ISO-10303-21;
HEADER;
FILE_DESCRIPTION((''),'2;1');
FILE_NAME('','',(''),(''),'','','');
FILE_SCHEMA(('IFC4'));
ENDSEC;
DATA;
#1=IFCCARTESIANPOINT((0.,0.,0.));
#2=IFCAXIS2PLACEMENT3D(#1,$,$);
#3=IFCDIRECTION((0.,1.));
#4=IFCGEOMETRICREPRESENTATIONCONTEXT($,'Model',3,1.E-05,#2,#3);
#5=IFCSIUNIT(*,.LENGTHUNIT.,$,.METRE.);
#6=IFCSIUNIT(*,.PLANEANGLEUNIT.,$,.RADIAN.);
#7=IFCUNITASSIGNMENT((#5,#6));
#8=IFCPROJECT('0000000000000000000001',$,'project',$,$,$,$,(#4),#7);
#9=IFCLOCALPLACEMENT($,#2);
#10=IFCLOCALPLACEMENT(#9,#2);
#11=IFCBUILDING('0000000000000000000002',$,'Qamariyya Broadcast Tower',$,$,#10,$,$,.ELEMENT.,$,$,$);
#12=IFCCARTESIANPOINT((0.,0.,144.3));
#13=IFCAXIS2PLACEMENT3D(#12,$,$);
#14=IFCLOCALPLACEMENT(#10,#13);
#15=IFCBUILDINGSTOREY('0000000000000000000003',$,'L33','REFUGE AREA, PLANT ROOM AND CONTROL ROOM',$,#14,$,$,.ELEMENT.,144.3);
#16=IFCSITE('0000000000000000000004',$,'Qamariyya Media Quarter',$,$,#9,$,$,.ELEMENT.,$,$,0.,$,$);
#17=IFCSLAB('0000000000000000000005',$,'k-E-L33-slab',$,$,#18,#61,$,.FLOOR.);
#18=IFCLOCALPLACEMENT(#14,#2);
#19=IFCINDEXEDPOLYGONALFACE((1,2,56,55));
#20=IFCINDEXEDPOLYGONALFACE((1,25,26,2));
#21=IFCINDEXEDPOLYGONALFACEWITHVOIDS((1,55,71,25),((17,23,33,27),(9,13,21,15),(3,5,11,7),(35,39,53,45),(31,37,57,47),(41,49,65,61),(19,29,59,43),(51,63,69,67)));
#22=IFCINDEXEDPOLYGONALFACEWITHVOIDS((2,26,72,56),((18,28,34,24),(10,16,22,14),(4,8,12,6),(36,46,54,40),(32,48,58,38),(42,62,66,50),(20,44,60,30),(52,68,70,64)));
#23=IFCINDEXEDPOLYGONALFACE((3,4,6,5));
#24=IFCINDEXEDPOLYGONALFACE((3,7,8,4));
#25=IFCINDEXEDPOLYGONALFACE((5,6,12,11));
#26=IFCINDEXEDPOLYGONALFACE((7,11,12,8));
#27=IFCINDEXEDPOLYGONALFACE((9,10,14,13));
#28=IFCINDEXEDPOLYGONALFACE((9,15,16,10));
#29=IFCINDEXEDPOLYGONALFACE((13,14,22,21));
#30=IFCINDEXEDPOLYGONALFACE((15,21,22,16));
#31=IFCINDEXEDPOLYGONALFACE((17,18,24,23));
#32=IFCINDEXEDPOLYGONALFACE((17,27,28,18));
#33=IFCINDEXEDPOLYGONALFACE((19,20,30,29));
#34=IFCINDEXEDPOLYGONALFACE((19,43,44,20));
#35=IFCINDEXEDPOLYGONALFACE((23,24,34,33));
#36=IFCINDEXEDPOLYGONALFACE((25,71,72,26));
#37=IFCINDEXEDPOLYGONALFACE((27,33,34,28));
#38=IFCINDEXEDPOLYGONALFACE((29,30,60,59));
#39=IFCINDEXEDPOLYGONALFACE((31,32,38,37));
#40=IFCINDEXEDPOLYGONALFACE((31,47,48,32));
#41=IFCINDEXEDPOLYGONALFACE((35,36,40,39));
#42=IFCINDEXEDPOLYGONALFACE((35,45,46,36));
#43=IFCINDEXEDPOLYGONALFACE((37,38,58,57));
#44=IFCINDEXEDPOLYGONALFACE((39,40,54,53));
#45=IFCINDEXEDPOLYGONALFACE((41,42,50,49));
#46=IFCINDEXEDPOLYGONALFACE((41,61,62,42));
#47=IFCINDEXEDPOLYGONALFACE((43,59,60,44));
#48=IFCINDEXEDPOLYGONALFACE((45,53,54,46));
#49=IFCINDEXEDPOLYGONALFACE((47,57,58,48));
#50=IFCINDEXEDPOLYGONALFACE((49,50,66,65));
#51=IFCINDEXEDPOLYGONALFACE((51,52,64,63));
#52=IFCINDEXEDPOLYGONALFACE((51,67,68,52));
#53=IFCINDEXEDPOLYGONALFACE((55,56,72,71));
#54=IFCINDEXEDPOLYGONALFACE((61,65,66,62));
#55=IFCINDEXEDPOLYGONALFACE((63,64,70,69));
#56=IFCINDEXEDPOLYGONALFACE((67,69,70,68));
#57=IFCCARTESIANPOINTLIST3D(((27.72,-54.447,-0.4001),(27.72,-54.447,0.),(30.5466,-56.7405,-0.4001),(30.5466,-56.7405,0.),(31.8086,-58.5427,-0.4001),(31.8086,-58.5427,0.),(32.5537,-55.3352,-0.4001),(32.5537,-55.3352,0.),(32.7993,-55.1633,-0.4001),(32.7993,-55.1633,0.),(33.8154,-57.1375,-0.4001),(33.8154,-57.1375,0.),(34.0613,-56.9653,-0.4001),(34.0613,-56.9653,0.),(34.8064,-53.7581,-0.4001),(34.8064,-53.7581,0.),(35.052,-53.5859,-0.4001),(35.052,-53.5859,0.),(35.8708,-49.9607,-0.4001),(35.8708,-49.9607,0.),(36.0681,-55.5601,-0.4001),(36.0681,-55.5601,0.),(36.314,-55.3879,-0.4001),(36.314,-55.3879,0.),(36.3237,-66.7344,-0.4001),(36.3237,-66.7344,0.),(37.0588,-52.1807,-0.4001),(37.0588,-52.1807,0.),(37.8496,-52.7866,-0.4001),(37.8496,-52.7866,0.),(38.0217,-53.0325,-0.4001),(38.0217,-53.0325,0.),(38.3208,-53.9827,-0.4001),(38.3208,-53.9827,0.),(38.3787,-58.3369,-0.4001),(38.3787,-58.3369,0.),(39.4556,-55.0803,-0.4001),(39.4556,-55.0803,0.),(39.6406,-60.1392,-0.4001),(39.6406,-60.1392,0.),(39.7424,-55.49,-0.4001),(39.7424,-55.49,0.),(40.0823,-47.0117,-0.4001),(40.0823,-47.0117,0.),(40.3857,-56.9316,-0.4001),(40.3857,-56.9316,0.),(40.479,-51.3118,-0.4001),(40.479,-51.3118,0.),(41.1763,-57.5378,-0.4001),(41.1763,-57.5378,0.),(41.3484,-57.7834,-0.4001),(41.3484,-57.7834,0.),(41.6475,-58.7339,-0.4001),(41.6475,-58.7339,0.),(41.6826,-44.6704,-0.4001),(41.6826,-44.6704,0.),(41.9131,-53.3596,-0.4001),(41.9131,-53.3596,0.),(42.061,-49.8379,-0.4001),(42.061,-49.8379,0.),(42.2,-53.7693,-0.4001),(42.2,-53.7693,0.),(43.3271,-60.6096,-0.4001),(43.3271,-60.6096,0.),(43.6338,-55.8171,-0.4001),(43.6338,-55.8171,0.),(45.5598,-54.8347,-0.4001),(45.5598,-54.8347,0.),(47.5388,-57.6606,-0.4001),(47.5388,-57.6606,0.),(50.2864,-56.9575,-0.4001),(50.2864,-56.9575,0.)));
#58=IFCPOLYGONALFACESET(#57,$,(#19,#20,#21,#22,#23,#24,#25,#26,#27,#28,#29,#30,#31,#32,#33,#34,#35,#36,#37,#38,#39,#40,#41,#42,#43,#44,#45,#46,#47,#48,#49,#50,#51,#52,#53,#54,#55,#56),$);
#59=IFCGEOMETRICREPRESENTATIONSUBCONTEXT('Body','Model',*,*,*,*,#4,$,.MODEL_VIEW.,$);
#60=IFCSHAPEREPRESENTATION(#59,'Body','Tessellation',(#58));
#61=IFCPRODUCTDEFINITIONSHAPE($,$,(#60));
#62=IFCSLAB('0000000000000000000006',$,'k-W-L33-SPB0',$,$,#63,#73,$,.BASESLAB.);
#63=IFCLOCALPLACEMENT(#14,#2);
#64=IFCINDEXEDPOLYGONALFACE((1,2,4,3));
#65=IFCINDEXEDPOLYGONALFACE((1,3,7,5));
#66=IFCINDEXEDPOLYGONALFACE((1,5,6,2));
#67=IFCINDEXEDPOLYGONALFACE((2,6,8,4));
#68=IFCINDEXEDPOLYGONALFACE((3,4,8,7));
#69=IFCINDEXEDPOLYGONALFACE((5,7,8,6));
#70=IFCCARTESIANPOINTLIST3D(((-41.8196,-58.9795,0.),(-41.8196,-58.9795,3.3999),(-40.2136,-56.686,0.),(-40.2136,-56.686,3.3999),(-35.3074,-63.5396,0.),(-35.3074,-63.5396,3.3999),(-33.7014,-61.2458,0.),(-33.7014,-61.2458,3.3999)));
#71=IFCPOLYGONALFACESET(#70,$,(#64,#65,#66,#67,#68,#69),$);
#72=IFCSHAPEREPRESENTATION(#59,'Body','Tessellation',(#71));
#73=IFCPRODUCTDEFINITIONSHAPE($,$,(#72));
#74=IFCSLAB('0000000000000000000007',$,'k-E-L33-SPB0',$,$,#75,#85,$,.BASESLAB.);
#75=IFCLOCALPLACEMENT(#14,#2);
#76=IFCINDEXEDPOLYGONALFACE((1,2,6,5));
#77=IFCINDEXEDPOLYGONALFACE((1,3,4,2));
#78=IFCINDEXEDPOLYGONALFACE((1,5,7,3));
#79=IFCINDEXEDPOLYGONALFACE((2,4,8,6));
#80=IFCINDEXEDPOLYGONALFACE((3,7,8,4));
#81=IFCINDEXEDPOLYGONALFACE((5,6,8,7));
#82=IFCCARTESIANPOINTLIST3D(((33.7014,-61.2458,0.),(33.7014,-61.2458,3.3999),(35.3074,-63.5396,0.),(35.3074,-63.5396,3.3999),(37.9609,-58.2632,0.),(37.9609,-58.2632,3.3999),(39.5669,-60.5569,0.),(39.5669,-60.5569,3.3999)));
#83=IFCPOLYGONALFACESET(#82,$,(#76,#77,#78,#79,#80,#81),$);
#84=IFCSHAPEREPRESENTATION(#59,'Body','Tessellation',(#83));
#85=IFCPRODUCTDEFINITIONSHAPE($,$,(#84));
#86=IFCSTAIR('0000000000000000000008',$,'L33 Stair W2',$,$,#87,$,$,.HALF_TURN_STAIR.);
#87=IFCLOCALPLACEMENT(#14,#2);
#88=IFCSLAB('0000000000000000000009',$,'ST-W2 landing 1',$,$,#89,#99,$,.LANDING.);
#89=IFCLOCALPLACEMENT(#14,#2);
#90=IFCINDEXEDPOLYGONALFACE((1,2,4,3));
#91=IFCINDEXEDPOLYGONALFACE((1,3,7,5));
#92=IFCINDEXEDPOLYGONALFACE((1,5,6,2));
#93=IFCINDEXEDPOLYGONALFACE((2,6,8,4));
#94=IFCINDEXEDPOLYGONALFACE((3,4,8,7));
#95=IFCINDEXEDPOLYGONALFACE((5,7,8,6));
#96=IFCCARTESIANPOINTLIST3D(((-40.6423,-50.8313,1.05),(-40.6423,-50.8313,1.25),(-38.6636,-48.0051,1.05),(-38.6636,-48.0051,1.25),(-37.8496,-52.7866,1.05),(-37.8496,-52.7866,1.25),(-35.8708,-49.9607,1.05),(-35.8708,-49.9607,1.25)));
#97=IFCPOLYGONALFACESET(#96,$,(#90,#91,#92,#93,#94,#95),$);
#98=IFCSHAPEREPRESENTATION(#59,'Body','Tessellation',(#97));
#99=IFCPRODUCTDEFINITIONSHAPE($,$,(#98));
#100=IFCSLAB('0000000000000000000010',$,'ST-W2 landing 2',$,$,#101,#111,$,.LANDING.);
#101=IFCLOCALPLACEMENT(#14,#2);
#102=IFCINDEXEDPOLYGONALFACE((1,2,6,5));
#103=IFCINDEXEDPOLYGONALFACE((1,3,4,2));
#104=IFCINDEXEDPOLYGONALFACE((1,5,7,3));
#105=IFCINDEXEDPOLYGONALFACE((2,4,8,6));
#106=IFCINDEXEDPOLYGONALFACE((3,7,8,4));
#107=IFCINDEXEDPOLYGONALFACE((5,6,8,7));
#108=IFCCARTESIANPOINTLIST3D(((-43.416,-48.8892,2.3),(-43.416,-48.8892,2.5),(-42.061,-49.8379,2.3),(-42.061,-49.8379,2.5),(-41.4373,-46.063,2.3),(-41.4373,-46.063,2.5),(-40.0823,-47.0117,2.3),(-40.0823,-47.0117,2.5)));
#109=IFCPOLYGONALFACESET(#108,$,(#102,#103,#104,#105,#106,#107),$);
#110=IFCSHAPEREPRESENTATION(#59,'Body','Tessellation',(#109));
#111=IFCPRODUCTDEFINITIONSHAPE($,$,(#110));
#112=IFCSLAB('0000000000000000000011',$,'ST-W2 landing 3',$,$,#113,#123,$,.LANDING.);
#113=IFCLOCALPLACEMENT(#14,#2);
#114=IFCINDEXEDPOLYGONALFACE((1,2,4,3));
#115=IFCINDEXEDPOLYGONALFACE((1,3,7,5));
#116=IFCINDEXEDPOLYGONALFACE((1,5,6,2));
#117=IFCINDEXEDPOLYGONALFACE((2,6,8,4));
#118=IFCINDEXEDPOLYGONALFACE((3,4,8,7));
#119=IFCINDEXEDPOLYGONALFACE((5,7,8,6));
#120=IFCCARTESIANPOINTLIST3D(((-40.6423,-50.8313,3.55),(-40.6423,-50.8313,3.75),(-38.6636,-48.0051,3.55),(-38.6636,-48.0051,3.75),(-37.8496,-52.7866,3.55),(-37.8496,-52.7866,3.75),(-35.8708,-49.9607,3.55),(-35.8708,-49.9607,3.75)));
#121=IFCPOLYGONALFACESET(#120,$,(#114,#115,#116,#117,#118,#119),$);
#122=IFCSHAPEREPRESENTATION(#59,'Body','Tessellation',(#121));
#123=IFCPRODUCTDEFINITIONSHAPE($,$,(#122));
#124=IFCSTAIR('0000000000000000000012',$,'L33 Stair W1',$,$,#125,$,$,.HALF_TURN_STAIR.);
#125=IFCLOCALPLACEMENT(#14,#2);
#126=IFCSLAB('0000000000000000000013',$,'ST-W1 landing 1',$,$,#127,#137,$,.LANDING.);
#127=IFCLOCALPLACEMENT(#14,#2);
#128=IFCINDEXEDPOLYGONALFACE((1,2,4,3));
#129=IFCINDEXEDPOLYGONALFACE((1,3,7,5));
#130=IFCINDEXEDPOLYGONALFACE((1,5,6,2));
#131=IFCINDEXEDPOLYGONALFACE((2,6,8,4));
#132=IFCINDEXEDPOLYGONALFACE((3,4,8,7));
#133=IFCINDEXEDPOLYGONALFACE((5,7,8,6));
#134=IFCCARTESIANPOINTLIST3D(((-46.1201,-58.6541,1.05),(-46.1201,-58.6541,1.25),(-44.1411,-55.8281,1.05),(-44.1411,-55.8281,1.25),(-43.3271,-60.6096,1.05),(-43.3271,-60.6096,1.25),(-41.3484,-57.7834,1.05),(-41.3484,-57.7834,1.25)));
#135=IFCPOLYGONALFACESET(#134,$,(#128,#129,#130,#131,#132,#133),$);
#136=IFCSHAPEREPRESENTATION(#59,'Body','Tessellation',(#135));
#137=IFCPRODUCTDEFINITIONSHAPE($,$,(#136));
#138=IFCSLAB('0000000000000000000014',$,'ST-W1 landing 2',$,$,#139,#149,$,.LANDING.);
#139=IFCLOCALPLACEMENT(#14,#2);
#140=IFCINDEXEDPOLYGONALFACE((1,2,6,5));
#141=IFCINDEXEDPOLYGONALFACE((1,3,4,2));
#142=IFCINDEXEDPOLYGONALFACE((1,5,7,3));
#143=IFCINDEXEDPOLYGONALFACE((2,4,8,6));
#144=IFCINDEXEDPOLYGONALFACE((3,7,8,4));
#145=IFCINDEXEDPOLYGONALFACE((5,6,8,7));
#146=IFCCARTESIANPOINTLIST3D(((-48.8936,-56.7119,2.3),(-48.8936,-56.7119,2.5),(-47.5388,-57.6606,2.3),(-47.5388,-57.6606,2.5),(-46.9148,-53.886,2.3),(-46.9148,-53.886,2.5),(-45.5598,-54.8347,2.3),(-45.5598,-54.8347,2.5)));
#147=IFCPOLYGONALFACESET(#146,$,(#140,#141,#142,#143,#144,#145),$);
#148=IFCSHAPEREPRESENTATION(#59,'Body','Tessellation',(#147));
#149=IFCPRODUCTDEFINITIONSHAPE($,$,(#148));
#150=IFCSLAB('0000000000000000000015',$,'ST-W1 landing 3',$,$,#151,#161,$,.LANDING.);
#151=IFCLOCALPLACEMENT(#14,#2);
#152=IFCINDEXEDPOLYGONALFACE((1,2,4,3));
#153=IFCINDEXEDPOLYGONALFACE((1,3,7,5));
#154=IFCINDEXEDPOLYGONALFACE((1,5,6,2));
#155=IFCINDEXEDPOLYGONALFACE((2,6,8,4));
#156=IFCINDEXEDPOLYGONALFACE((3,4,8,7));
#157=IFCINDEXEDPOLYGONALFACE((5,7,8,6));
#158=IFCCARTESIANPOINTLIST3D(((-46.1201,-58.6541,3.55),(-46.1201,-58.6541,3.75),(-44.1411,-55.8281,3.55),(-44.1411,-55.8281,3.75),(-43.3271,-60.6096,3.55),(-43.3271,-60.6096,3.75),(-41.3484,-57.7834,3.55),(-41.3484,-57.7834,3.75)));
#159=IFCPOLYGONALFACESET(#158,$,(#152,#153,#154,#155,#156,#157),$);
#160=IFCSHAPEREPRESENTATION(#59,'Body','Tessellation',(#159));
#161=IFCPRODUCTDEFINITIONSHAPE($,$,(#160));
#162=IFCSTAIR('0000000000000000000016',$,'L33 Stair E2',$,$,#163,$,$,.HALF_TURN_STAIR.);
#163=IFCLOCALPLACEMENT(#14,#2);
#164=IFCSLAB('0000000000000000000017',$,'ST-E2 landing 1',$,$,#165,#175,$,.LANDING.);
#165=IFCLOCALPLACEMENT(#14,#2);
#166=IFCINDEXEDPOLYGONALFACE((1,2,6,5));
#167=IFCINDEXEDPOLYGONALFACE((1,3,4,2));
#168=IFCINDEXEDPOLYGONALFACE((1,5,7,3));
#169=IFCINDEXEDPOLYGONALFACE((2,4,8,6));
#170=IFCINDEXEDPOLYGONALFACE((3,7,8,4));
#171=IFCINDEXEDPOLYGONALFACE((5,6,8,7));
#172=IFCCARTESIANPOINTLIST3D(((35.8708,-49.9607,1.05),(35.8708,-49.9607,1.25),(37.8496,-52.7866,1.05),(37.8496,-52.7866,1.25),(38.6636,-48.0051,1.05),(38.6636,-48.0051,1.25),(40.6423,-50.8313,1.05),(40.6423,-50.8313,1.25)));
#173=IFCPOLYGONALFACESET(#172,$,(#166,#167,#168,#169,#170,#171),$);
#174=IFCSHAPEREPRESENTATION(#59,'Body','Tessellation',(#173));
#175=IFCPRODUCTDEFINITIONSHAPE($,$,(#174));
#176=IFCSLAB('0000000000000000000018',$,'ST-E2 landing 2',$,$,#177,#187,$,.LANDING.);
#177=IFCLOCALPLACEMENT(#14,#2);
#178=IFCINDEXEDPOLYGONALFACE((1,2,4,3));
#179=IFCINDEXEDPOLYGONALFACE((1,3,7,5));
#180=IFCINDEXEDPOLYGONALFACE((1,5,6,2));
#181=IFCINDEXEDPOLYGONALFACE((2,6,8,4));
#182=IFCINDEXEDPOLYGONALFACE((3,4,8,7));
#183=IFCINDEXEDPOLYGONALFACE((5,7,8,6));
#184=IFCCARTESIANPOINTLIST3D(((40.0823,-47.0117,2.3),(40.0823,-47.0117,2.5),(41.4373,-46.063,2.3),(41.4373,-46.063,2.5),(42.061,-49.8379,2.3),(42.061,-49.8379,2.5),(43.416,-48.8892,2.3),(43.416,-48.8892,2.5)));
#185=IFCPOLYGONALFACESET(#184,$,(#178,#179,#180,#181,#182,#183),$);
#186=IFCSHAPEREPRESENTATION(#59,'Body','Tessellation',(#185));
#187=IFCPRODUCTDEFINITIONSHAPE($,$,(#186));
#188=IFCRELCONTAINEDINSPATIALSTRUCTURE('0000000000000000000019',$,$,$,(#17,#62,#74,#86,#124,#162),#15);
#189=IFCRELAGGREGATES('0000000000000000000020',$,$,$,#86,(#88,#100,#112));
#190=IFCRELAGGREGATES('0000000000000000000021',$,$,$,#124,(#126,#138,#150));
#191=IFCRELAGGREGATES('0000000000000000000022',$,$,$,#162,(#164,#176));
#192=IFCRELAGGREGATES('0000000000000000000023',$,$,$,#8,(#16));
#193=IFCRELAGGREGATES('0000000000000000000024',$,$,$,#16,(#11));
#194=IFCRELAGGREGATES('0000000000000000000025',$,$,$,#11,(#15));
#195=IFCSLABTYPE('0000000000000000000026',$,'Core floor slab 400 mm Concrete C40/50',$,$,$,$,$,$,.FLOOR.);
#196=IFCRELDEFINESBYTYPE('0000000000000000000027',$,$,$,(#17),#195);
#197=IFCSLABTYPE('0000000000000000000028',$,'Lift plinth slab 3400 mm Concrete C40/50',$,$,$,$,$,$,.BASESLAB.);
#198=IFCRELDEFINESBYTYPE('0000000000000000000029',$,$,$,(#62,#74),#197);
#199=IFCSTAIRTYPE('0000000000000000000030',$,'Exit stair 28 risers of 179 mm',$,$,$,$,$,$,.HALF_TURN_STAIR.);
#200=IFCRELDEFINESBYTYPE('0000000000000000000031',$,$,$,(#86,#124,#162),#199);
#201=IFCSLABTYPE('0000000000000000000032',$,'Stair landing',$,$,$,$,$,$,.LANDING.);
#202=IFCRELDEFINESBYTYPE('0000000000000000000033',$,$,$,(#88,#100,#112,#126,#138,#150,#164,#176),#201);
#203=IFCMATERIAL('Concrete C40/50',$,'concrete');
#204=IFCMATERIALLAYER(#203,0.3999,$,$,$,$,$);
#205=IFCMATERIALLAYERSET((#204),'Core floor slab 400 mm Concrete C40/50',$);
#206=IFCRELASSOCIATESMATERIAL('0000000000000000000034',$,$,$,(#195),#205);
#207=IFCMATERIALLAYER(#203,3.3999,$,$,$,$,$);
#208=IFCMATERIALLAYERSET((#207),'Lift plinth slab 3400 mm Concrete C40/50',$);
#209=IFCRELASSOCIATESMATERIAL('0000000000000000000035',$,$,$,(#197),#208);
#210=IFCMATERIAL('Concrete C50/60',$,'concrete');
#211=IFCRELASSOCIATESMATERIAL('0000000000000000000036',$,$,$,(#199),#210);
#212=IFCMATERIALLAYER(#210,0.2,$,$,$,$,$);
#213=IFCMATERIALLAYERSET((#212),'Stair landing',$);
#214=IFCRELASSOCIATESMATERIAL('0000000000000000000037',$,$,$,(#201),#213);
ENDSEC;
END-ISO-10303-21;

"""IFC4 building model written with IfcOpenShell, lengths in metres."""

from ifc_helpers import new_model, si_unit, direction, frame, origin, place, context, subcontext, project, spatial, polyline, outline, extrude, material, layer, layer_set, type_object, element, aggregate, save


model = new_model("IFC4")

# Units and contexts
model_context = context("Model", 3, precision=1e-05, world=origin(), true_north=direction((0.0, 1.0)))
body_context = subcontext(model_context, "Body", "Model", "MODEL_VIEW")
ifc_project = project(units=[si_unit("LENGTHUNIT", "METRE"), si_unit("PLANEANGLEUNIT", "RADIAN")], contexts=[model_context])

# Site, building, storey
site_placement = place(None, origin())
site = spatial("IfcSite", under=ifc_project, at=site_placement, Name="Qamariyya Media Quarter", CompositionType="ELEMENT", RefElevation=0.0)
building_placement = place(site_placement, origin())
building = spatial("IfcBuilding", under=site, at=building_placement, Name="Qamariyya Broadcast Tower", CompositionType="ELEMENT")
storey_placement = place(building_placement, frame((0.0, 0.0, 144.3)))
storey = spatial("IfcBuildingStorey", under=building, at=storey_placement, Name="L33", Description="REFUGE AREA, PLANT ROOM AND CONTROL ROOM", CompositionType="ELEMENT", Elevation=144.3)

# Shared definitions
ifc_material_1 = material(Name="Concrete C50/60", Category="concrete")

# Slabs
ifc_material_2 = material(Name="Concrete C40/50", Category="concrete")
ifc_layer_1 = layer(ifc_material_2, 0.3999)
ifc_layer_set_1 = layer_set([ifc_layer_1], Name="Core floor slab 400 mm Concrete C40/50")
slab_type_1 = type_object("IfcSlabType", Name="Core floor slab 400 mm Concrete C40/50", PredefinedType="FLOOR", material=ifc_layer_set_1)
slab_1_placement = place(storey_placement, frame((0.0, 0.0, -0.4001)))
element("IfcSlab", 1, at=slab_1_placement, inside=storey, type_object=slab_type_1, Name="k-E-L33-slab", PredefinedType="FLOOR", context=body_context, shape_type="SweptSolid", body=[
    extrude(outline(polyline([(36.3237, -66.7344), (50.2864, -56.9575), (41.6826, -44.6704), (27.72, -54.447), (36.3237, -66.7344)]), holes=[polyline([(31.8086, -58.5427), (33.8154, -57.1375), (32.5537, -55.3352), (30.5466, -56.7405), (31.8086, -58.5427)]), polyline([(34.0613, -56.9653), (36.0681, -55.5601), (34.8064, -53.7581), (32.7993, -55.1633), (34.0613, -56.9653)]), polyline([(36.314, -55.3879), (38.3208, -53.9827), (37.0588, -52.1807), (35.052, -53.5859), (36.314, -55.3879)]), polyline([(38.3787, -58.3369), (40.3857, -56.9316), (41.6475, -58.7339), (39.6406, -60.1392), (38.3787, -58.3369)]), polyline([(39.7424, -55.49), (42.2, -53.7693), (43.6338, -55.8171), (41.1763, -57.5378), (39.7424, -55.49)]), polyline([(39.4556, -55.0803), (41.9131, -53.3596), (40.479, -51.3118), (38.0217, -53.0325), (39.4556, -55.0803)]), polyline([(40.0823, -47.0117), (35.8708, -49.9607), (37.8496, -52.7866), (42.061, -49.8379), (40.0823, -47.0117)]), polyline([(45.5598, -54.8347), (41.3484, -57.7834), (43.3271, -60.6096), (47.5388, -57.6606), (45.5598, -54.8347)])]), origin(), (0.0, 0.0, 1.0), 0.4001),
])
ifc_layer_2 = layer(ifc_material_2, 3.3999)
ifc_layer_set_2 = layer_set([ifc_layer_2], Name="Lift plinth slab 3400 mm Concrete C40/50")
slab_type_2 = type_object("IfcSlabType", Name="Lift plinth slab 3400 mm Concrete C40/50", PredefinedType="BASESLAB", material=ifc_layer_set_2)
slab_2_placement = place(storey_placement, origin())
element("IfcSlab", 2, at=slab_2_placement, inside=storey, type_object=slab_type_2, Name="k-W-L33-SPB0", PredefinedType="BASESLAB", context=body_context, shape_type="SweptSolid", body=[
    extrude(outline(polyline([(-33.7014, -61.2458), (-40.2136, -56.686), (-41.8196, -58.9795), (-35.3074, -63.5396), (-33.7014, -61.2458)])), origin(), (0.0, 0.0, 1.0), 3.3999),
])
slab_3_placement = place(storey_placement, origin())
element("IfcSlab", 3, at=slab_3_placement, inside=storey, type_object=slab_type_2, Name="k-E-L33-SPB0", PredefinedType="BASESLAB", context=body_context, shape_type="SweptSolid", body=[
    extrude(outline(polyline([(33.7014, -61.2458), (37.9609, -58.2632), (39.5669, -60.5569), (35.3074, -63.5396), (33.7014, -61.2458)])), origin(), (0.0, 0.0, 1.0), 3.3999),
])

# Stairs, slabs
stair_type = type_object("IfcStairType", Name="Exit stair 28 risers of 179 mm", PredefinedType="HALF_TURN_STAIR", material=ifc_material_1)
stair_1_placement = place(storey_placement, origin())
stair_1 = element("IfcStair", 4, at=stair_1_placement, inside=storey, type_object=stair_type, Name="L33 Stair W2", PredefinedType="HALF_TURN_STAIR")
ifc_layer_3 = layer(ifc_material_1, 0.2)
ifc_layer_set_3 = layer_set([ifc_layer_3], Name="Stair landing")
slab_type_3 = type_object("IfcSlabType", Name="Stair landing", PredefinedType="LANDING", material=ifc_layer_set_3)
slab_4_placement = place(storey_placement, frame((0.0, 0.0, 1.05)))
slab_4 = element("IfcSlab", 5, at=slab_4_placement, type_object=slab_type_3, Name="ST-W2 landing 1", PredefinedType="LANDING", context=body_context, shape_type="SweptSolid", body=[
    extrude(outline(polyline([(-40.6423, -50.8313), (-37.8496, -52.7866), (-35.8708, -49.9607), (-38.6636, -48.0051), (-40.6423, -50.8313)])), origin(), (0.0, 0.0, 1.0), 0.2),
])
slab_5_placement = place(storey_placement, frame((0.0, 0.0, 2.3)))
slab_5 = element("IfcSlab", 6, at=slab_5_placement, type_object=slab_type_3, Name="ST-W2 landing 2", PredefinedType="LANDING", context=body_context, shape_type="SweptSolid", body=[
    extrude(outline(polyline([(-43.416, -48.8892), (-42.061, -49.8379), (-40.0823, -47.0117), (-41.4373, -46.063), (-43.416, -48.8892)])), origin(), (0.0, 0.0, 1.0), 0.2),
])
slab_6_placement = place(storey_placement, frame((0.0, 0.0, 3.55)))
slab_6 = element("IfcSlab", 7, at=slab_6_placement, type_object=slab_type_3, Name="ST-W2 landing 3", PredefinedType="LANDING", context=body_context, shape_type="SweptSolid", body=[
    extrude(outline(polyline([(-40.6423, -50.8313), (-37.8496, -52.7866), (-35.8708, -49.9607), (-38.6636, -48.0051), (-40.6423, -50.8313)])), origin(), (0.0, 0.0, 1.0), 0.2),
])
aggregate(stair_1, [slab_4, slab_5, slab_6])
stair_2_placement = place(storey_placement, origin())
stair_2 = element("IfcStair", 8, at=stair_2_placement, inside=storey, type_object=stair_type, Name="L33 Stair W1", PredefinedType="HALF_TURN_STAIR")
slab_7_placement = place(storey_placement, frame((0.0, 0.0, 1.05)))
slab_7 = element("IfcSlab", 9, at=slab_7_placement, type_object=slab_type_3, Name="ST-W1 landing 1", PredefinedType="LANDING", context=body_context, shape_type="SweptSolid", body=[
    extrude(outline(polyline([(-46.1201, -58.6541), (-43.3271, -60.6096), (-41.3484, -57.7834), (-44.1411, -55.8281), (-46.1201, -58.6541)])), origin(), (0.0, 0.0, 1.0), 0.2),
])
slab_8_placement = place(storey_placement, frame((0.0, 0.0, 2.3)))
slab_8 = element("IfcSlab", 10, at=slab_8_placement, type_object=slab_type_3, Name="ST-W1 landing 2", PredefinedType="LANDING", context=body_context, shape_type="SweptSolid", body=[
    extrude(outline(polyline([(-48.8936, -56.7119), (-47.5388, -57.6606), (-45.5598, -54.8347), (-46.9148, -53.886), (-48.8936, -56.7119)])), origin(), (0.0, 0.0, 1.0), 0.2),
])
slab_9_placement = place(storey_placement, frame((0.0, 0.0, 3.55)))
slab_9 = element("IfcSlab", 11, at=slab_9_placement, type_object=slab_type_3, Name="ST-W1 landing 3", PredefinedType="LANDING", context=body_context, shape_type="SweptSolid", body=[
    extrude(outline(polyline([(-46.1201, -58.6541), (-43.3271, -60.6096), (-41.3484, -57.7834), (-44.1411, -55.8281), (-46.1201, -58.6541)])), origin(), (0.0, 0.0, 1.0), 0.2),
])
aggregate(stair_2, [slab_7, slab_8, slab_9])
stair_3_placement = place(storey_placement, origin())
stair_3 = element("IfcStair", 12, at=stair_3_placement, inside=storey, type_object=stair_type, Name="L33 Stair E2", PredefinedType="HALF_TURN_STAIR")
slab_10_placement = place(storey_placement, frame((0.0, 0.0, 1.05)))
slab_10 = element("IfcSlab", 13, at=slab_10_placement, type_object=slab_type_3, Name="ST-E2 landing 1", PredefinedType="LANDING", context=body_context, shape_type="SweptSolid", body=[
    extrude(outline(polyline([(38.6636, -48.0051), (35.8708, -49.9607), (37.8496, -52.7866), (40.6423, -50.8313), (38.6636, -48.0051)])), origin(), (0.0, 0.0, 1.0), 0.2),
])
slab_11_placement = place(storey_placement, frame((0.0, 0.0, 2.3)))
slab_11 = element("IfcSlab", 14, at=slab_11_placement, type_object=slab_type_3, Name="ST-E2 landing 2", PredefinedType="LANDING", context=body_context, shape_type="SweptSolid", body=[
    extrude(outline(polyline([(41.4373, -46.063), (40.0823, -47.0117), (42.061, -49.8379), (43.416, -48.8892), (41.4373, -46.063)])), origin(), (0.0, 0.0, 1.0), 0.2),
])
aggregate(stair_3, [slab_10, slab_11])

save(model, "model.ifc")
